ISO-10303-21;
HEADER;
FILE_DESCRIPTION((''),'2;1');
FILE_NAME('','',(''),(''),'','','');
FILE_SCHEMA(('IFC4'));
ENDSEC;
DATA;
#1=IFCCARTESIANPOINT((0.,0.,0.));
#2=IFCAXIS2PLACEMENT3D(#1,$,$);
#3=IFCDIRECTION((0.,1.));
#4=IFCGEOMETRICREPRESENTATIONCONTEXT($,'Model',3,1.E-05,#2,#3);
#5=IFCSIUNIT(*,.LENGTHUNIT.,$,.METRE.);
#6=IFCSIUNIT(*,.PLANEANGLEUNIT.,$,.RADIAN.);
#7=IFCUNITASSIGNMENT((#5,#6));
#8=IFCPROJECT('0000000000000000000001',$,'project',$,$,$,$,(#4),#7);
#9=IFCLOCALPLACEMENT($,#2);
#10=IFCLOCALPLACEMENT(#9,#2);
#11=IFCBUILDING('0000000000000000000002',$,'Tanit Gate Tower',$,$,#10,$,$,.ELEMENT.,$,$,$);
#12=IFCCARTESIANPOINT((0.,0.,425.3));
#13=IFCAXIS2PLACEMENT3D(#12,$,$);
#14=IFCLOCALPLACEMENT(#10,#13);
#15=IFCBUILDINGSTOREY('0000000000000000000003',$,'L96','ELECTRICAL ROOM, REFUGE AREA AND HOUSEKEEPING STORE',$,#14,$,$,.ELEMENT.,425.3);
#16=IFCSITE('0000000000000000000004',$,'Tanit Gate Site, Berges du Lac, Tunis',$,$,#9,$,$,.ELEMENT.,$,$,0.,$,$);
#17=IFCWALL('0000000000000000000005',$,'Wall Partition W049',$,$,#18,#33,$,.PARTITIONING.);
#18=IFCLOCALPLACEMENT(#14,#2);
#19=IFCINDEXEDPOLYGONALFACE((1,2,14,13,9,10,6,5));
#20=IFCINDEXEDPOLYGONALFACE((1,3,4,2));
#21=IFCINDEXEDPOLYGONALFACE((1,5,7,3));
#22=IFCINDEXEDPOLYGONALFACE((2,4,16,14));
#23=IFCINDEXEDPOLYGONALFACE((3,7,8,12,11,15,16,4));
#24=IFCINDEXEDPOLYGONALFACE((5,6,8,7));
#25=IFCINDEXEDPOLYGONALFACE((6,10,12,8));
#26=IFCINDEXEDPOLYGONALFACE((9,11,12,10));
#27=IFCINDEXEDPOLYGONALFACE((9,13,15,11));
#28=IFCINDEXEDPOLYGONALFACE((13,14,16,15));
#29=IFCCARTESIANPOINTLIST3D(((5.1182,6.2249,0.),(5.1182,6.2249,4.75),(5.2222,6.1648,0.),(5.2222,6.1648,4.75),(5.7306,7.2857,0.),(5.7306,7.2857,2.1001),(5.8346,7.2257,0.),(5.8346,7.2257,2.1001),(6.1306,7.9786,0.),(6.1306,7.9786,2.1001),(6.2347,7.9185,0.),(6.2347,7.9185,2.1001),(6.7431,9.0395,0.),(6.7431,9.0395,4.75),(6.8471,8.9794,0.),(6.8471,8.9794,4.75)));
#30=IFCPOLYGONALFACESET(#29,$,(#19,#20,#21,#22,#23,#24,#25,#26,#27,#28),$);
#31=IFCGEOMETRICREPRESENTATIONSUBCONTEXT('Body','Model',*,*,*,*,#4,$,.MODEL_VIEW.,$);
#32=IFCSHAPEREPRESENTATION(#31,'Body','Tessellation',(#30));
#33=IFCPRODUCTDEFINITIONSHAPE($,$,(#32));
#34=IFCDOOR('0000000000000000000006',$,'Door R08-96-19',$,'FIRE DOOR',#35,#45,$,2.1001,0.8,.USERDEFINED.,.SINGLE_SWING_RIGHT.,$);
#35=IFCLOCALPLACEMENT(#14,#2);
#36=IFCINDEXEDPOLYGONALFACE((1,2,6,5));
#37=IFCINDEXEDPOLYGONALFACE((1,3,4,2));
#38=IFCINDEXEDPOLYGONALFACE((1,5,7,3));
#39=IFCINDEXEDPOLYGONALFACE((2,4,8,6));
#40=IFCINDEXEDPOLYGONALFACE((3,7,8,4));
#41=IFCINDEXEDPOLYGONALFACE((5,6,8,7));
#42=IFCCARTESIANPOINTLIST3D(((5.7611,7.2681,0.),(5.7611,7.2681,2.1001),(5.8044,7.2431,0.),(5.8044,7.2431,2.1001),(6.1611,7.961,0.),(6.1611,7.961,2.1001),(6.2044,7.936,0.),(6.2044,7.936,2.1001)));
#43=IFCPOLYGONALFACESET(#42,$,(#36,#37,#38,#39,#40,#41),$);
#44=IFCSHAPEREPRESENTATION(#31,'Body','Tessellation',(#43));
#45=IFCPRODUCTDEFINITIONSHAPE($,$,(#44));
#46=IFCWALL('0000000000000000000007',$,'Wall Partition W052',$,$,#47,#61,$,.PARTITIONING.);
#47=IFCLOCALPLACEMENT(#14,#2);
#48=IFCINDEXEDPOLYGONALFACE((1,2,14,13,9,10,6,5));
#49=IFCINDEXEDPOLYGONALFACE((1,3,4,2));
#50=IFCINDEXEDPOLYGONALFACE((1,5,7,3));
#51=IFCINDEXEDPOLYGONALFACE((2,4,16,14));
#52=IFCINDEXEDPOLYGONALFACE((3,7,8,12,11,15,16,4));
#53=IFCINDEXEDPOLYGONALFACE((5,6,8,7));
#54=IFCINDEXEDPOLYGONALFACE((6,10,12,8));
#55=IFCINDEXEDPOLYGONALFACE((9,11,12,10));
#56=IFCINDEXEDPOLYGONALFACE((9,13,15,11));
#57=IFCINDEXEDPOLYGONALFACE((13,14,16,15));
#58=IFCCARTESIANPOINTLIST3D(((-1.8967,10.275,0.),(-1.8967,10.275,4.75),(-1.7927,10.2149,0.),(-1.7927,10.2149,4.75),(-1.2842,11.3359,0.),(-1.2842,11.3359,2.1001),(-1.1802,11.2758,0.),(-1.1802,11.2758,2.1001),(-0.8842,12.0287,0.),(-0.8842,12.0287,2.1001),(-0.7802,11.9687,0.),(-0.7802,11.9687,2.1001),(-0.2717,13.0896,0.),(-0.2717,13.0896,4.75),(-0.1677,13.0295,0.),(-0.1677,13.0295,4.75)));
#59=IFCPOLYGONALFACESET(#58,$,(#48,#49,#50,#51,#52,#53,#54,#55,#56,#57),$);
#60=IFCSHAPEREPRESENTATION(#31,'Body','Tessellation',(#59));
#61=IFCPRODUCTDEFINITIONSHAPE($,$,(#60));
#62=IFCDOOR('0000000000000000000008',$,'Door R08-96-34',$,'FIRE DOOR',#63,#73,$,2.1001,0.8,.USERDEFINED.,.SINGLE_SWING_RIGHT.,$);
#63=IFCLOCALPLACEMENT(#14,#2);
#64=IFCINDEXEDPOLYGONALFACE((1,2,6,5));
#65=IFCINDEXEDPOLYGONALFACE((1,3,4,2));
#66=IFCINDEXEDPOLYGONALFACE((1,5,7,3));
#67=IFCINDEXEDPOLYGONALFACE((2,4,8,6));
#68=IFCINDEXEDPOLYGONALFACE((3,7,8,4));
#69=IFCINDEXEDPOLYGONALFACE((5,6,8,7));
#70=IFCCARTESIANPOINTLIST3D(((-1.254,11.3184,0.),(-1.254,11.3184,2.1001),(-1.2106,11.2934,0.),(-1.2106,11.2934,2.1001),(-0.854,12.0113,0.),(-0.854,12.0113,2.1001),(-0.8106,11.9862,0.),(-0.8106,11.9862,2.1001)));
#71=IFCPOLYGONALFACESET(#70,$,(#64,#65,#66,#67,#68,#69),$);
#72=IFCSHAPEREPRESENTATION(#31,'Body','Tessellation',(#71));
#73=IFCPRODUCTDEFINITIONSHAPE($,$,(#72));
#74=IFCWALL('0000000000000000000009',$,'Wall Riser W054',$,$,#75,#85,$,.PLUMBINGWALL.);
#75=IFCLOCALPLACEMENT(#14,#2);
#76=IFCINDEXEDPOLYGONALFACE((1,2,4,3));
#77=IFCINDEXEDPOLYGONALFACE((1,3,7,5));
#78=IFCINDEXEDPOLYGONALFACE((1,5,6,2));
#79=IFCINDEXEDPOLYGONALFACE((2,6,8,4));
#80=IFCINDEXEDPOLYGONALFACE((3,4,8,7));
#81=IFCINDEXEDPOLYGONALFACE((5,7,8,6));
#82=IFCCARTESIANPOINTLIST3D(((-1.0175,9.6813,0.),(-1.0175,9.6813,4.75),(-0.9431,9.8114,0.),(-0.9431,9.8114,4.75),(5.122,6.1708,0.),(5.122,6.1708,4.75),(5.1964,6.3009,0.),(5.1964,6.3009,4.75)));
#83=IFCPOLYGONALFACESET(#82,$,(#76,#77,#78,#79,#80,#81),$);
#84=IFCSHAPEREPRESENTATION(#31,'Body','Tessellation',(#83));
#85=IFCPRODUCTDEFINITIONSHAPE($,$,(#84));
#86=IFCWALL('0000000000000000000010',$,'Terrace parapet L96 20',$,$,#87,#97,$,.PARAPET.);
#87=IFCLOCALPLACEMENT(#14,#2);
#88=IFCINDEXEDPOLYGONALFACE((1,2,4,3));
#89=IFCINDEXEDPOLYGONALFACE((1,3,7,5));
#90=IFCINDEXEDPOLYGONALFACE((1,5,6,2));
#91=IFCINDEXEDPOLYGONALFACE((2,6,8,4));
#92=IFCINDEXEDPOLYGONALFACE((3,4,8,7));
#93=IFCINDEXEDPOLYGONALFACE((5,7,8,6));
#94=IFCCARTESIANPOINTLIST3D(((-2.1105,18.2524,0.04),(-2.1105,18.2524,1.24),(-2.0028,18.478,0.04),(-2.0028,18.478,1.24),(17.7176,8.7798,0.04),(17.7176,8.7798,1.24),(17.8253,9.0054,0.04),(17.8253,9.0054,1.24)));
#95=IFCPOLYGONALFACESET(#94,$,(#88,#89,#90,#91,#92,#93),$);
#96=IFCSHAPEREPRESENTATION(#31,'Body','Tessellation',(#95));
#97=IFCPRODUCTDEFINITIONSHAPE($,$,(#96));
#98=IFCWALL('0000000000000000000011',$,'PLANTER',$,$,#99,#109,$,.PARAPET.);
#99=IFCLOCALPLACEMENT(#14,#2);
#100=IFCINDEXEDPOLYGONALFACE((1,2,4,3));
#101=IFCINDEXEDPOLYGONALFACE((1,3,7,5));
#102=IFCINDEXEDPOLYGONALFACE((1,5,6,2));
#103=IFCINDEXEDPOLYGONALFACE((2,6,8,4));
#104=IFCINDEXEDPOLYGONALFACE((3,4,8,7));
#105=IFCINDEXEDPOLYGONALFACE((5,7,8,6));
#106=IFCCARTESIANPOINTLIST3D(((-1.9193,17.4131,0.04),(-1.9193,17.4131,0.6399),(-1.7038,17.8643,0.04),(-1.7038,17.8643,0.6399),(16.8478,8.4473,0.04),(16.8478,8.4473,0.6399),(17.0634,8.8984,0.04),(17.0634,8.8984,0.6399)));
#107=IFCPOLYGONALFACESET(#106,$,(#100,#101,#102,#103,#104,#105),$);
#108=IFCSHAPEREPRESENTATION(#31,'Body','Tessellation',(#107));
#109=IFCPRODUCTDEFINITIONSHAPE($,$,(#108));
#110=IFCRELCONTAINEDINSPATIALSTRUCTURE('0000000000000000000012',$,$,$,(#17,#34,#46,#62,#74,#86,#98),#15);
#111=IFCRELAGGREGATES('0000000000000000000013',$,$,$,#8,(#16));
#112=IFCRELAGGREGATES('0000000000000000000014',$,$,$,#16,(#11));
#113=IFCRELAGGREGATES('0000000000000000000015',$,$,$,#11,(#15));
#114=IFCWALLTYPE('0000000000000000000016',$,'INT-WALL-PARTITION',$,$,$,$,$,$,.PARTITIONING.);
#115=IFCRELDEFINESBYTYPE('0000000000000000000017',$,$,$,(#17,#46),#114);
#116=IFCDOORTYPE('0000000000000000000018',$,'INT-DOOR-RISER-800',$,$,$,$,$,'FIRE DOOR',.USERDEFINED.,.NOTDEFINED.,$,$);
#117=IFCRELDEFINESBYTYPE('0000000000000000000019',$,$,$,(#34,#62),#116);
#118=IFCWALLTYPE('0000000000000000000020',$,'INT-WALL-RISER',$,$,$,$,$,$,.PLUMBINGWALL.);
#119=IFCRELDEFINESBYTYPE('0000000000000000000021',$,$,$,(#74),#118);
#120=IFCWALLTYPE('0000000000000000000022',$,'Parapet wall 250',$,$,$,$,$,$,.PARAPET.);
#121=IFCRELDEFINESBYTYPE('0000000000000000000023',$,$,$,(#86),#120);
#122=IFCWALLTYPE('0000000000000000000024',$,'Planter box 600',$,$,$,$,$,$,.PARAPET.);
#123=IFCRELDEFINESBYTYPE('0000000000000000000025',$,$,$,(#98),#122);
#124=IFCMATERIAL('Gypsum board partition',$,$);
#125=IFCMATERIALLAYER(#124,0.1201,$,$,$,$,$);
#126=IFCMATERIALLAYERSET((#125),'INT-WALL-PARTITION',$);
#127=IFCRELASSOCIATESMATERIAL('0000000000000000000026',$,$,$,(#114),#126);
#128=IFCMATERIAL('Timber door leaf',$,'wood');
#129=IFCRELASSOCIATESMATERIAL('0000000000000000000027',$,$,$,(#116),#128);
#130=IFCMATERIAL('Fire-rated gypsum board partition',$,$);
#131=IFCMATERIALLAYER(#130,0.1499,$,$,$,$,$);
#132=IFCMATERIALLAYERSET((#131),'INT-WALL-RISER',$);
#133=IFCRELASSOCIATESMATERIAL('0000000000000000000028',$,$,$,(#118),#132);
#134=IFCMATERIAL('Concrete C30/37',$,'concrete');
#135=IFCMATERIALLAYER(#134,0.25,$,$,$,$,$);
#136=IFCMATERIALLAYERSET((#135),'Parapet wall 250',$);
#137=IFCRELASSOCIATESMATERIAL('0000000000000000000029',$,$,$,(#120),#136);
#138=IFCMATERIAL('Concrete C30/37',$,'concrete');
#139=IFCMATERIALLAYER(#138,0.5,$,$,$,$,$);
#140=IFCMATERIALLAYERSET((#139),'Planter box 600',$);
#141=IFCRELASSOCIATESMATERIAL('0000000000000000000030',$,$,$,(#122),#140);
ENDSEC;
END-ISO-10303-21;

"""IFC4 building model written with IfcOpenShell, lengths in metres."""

from ifc_helpers import new_model, si_unit, direction, frame, frame_2d, origin, place, context, subcontext, project, spatial, rectangle, extrude, material, layer, layer_set, type_object, element, fill, save


model = new_model("IFC4")

# Units and contexts
model_context = context("Model", 3, precision=1e-05, world=origin(), true_north=direction((0.0, 1.0)))
body_context = subcontext(model_context, "Body", "Model", "MODEL_VIEW")
ifc_project = project(units=[si_unit("LENGTHUNIT", "METRE"), si_unit("PLANEANGLEUNIT", "RADIAN")], contexts=[model_context])

# Site, building, storey
site_placement = place(None, origin())
site = spatial("IfcSite", under=ifc_project, at=site_placement, Name="Tanit Gate Site, Berges du Lac, Tunis", CompositionType="ELEMENT", RefElevation=0.0)
building_placement = place(site_placement, origin())
building = spatial("IfcBuilding", under=site, at=building_placement, Name="Tanit Gate Tower", CompositionType="ELEMENT")
storey_placement = place(building_placement, frame((0.0, 0.0, 425.3)))
storey = spatial("IfcBuildingStorey", under=building, at=storey_placement, Name="L96", Description="ELECTRICAL ROOM, REFUGE AREA AND HOUSEKEEPING STORE", CompositionType="ELEMENT", Elevation=425.3)

# Walls, openings, doors
ifc_material_1 = material(Name="Gypsum board partition")
ifc_layer_1 = layer(ifc_material_1, 0.1201)
ifc_layer_set_1 = layer_set([ifc_layer_1], Name="INT-WALL-PARTITION")
wall_type_1 = type_object("IfcWallType", Name="INT-WALL-PARTITION", PredefinedType="PARTITIONING", material=ifc_layer_set_1)
wall_1_placement = place(storey_placement, frame((5.1702, 6.1948, 0.0), z_axis=(0.0, 0.0, 1.0), x_axis=(0.499985, 0.866034, 0.0)))
wall_1 = element("IfcWall", 1, at=wall_1_placement, inside=storey, type_object=wall_type_1, Name="Wall Partition W049", PredefinedType="PARTITIONING", context=body_context, shape_type="SweptSolid", body=[
    extrude(rectangle(XDim=3.25, YDim=0.1201, at=frame_2d((1.625, 0.0))), origin(), (0.0, 0.0, 1.0), 4.75),
])
opening_1_placement = place(wall_1_placement, frame((1.2251, 0.0, 0.0)))
opening_1 = element("IfcOpeningElement", 2, at=opening_1_placement, cuts=wall_1, PredefinedType="OPENING", context=body_context, shape_type="SweptSolid", body=[
    extrude(rectangle(XDim=0.8, YDim=2.1001, at=frame_2d((0.3999, 1.05))), frame((0.0, 0.0701, 0.0), z_axis=(0.0, -1.0, 0.0), x_axis=(1.0, 0.0, 0.0)), (0.0, 0.0, 1.0), 0.1401),
])
ifc_material_2 = material(Name="Timber door leaf", Category="wood")
door_type_1 = type_object("IfcDoorType", Name="INT-DOOR-RISER-800", ElementType="FIRE DOOR", OperationType="NOTDEFINED", PredefinedType="USERDEFINED", material=ifc_material_2)
door_1_placement = place(opening_1_placement, origin())
door_1 = element("IfcDoor", 3, at=door_1_placement, inside=storey, type_object=door_type_1, Name="Door R08-96-19", ObjectType="FIRE DOOR", OperationType="SINGLE_SWING_RIGHT", OverallHeight=2.1001, OverallWidth=0.8, PredefinedType="USERDEFINED", context=body_context, shape_type="SweptSolid", body=[
    extrude(rectangle(XDim=0.8, YDim=2.1001, at=frame_2d((0.3999, 1.05))), frame((0.0, 0.0249, 0.0), z_axis=(0.0, -1.0, 0.0), x_axis=(1.0, 0.0, 0.0)), (0.0, 0.0, 1.0), 0.05),
])
fill(opening_1, door_1)
wall_2_placement = place(storey_placement, frame((-0.2197, 13.0596, 0.0), z_axis=(0.0, 0.0, 1.0), x_axis=(-0.499985, -0.866034, 0.0)))
wall_2 = element("IfcWall", 4, at=wall_2_placement, inside=storey, type_object=wall_type_1, Name="Wall Partition W052", PredefinedType="PARTITIONING", context=body_context, shape_type="SweptSolid", body=[
    extrude(rectangle(XDim=3.25, YDim=0.1201, at=frame_2d((1.625, 0.0))), origin(), (0.0, 0.0, 1.0), 4.75),
])
opening_2_placement = place(wall_2_placement, frame((1.2251, 0.0, 0.0)))
opening_2 = element("IfcOpeningElement", 5, at=opening_2_placement, cuts=wall_2, PredefinedType="OPENING", context=body_context, shape_type="SweptSolid", body=[
    extrude(rectangle(XDim=0.8, YDim=2.1001, at=frame_2d((0.3999, 1.05))), frame((0.0, 0.0701, 0.0), z_axis=(0.0, -1.0, 0.0), x_axis=(1.0, 0.0, 0.0)), (0.0, 0.0, 1.0), 0.1401),
])
door_2_placement = place(opening_2_placement, origin())
door_2 = element("IfcDoor", 6, at=door_2_placement, inside=storey, type_object=door_type_1, Name="Door R08-96-34", ObjectType="FIRE DOOR", OperationType="SINGLE_SWING_RIGHT", OverallHeight=2.1001, OverallWidth=0.8, PredefinedType="USERDEFINED", context=body_context, shape_type="SweptSolid", body=[
    extrude(rectangle(XDim=0.8, YDim=2.1001, at=frame_2d((0.3999, 1.05))), frame((0.0, 0.0249, 0.0), z_axis=(0.0, -1.0, 0.0), x_axis=(1.0, 0.0, 0.0)), (0.0, 0.0, 1.0), 0.05),
])
fill(opening_2, door_2)

# Walls
ifc_material_3 = material(Name="Fire-rated gypsum board partition")
ifc_layer_2 = layer(ifc_material_3, 0.1499)
ifc_layer_set_2 = layer_set([ifc_layer_2], Name="INT-WALL-RISER")
wall_type_2 = type_object("IfcWallType", Name="INT-WALL-RISER", PredefinedType="PLUMBINGWALL", material=ifc_layer_set_2)
wall_3_placement = place(storey_placement, frame((5.1592, 6.2358, 0.0), z_axis=(0.0, 0.0, 1.0), x_axis=(-0.868105, 0.496381, 0.0)))
element("IfcWall", 7, at=wall_3_placement, inside=storey, type_object=wall_type_2, Name="Wall Riser W054", PredefinedType="PLUMBINGWALL", context=body_context, shape_type="SweptSolid", body=[
    extrude(rectangle(XDim=7.0723, YDim=0.1499, at=frame_2d((3.5361, 0.0))), origin(), (0.0, 0.0, 1.0), 4.75),
])
ifc_material_4 = material(Name="Concrete C30/37", Category="concrete")
ifc_layer_3 = layer(ifc_material_4, 0.25)
ifc_layer_set_3 = layer_set([ifc_layer_3], Name="Parapet wall 250")
wall_type_3 = type_object("IfcWallType", Name="Parapet wall 250", PredefinedType="PARAPET", material=ifc_layer_set_3)
wall_4_placement = place(storey_placement, frame((-2.0566, 18.3652, 0.04), z_axis=(0.0, 0.0, 1.0), x_axis=(0.902318, -0.431072, 0.0)))
element("IfcWall", 8, at=wall_4_placement, inside=storey, type_object=wall_type_3, Name="Terrace parapet L96 20", PredefinedType="PARAPET", context=body_context, shape_type="SweptSolid", body=[
    extrude(rectangle(XDim=21.9746, YDim=0.25, at=frame_2d((10.9873, 0.0))), origin(), (0.0, 0.0, 1.0), 1.2),
])
ifc_material_5 = material(Name="Concrete C30/37", Category="concrete")
ifc_layer_4 = layer(ifc_material_5, 0.5)
ifc_layer_set_4 = layer_set([ifc_layer_4], Name="Planter box 600")
wall_type_4 = type_object("IfcWallType", Name="Planter box 600", PredefinedType="PARAPET", material=ifc_layer_set_4)
wall_5_placement = place(storey_placement, frame((-1.8115, 17.6387, 0.04), z_axis=(0.0, 0.0, 1.0), x_axis=(0.902316, -0.431074, 0.0)))
element("IfcWall", 9, at=wall_5_placement, inside=storey, type_object=wall_type_4, Name="PLANTER", PredefinedType="PARAPET", context=body_context, shape_type="SweptSolid", body=[
    extrude(rectangle(XDim=20.7988, YDim=0.5, at=frame_2d((10.3994, 0.0))), origin(), (0.0, 0.0, 1.0), 0.5999),
])

save(model, "model.ifc")
